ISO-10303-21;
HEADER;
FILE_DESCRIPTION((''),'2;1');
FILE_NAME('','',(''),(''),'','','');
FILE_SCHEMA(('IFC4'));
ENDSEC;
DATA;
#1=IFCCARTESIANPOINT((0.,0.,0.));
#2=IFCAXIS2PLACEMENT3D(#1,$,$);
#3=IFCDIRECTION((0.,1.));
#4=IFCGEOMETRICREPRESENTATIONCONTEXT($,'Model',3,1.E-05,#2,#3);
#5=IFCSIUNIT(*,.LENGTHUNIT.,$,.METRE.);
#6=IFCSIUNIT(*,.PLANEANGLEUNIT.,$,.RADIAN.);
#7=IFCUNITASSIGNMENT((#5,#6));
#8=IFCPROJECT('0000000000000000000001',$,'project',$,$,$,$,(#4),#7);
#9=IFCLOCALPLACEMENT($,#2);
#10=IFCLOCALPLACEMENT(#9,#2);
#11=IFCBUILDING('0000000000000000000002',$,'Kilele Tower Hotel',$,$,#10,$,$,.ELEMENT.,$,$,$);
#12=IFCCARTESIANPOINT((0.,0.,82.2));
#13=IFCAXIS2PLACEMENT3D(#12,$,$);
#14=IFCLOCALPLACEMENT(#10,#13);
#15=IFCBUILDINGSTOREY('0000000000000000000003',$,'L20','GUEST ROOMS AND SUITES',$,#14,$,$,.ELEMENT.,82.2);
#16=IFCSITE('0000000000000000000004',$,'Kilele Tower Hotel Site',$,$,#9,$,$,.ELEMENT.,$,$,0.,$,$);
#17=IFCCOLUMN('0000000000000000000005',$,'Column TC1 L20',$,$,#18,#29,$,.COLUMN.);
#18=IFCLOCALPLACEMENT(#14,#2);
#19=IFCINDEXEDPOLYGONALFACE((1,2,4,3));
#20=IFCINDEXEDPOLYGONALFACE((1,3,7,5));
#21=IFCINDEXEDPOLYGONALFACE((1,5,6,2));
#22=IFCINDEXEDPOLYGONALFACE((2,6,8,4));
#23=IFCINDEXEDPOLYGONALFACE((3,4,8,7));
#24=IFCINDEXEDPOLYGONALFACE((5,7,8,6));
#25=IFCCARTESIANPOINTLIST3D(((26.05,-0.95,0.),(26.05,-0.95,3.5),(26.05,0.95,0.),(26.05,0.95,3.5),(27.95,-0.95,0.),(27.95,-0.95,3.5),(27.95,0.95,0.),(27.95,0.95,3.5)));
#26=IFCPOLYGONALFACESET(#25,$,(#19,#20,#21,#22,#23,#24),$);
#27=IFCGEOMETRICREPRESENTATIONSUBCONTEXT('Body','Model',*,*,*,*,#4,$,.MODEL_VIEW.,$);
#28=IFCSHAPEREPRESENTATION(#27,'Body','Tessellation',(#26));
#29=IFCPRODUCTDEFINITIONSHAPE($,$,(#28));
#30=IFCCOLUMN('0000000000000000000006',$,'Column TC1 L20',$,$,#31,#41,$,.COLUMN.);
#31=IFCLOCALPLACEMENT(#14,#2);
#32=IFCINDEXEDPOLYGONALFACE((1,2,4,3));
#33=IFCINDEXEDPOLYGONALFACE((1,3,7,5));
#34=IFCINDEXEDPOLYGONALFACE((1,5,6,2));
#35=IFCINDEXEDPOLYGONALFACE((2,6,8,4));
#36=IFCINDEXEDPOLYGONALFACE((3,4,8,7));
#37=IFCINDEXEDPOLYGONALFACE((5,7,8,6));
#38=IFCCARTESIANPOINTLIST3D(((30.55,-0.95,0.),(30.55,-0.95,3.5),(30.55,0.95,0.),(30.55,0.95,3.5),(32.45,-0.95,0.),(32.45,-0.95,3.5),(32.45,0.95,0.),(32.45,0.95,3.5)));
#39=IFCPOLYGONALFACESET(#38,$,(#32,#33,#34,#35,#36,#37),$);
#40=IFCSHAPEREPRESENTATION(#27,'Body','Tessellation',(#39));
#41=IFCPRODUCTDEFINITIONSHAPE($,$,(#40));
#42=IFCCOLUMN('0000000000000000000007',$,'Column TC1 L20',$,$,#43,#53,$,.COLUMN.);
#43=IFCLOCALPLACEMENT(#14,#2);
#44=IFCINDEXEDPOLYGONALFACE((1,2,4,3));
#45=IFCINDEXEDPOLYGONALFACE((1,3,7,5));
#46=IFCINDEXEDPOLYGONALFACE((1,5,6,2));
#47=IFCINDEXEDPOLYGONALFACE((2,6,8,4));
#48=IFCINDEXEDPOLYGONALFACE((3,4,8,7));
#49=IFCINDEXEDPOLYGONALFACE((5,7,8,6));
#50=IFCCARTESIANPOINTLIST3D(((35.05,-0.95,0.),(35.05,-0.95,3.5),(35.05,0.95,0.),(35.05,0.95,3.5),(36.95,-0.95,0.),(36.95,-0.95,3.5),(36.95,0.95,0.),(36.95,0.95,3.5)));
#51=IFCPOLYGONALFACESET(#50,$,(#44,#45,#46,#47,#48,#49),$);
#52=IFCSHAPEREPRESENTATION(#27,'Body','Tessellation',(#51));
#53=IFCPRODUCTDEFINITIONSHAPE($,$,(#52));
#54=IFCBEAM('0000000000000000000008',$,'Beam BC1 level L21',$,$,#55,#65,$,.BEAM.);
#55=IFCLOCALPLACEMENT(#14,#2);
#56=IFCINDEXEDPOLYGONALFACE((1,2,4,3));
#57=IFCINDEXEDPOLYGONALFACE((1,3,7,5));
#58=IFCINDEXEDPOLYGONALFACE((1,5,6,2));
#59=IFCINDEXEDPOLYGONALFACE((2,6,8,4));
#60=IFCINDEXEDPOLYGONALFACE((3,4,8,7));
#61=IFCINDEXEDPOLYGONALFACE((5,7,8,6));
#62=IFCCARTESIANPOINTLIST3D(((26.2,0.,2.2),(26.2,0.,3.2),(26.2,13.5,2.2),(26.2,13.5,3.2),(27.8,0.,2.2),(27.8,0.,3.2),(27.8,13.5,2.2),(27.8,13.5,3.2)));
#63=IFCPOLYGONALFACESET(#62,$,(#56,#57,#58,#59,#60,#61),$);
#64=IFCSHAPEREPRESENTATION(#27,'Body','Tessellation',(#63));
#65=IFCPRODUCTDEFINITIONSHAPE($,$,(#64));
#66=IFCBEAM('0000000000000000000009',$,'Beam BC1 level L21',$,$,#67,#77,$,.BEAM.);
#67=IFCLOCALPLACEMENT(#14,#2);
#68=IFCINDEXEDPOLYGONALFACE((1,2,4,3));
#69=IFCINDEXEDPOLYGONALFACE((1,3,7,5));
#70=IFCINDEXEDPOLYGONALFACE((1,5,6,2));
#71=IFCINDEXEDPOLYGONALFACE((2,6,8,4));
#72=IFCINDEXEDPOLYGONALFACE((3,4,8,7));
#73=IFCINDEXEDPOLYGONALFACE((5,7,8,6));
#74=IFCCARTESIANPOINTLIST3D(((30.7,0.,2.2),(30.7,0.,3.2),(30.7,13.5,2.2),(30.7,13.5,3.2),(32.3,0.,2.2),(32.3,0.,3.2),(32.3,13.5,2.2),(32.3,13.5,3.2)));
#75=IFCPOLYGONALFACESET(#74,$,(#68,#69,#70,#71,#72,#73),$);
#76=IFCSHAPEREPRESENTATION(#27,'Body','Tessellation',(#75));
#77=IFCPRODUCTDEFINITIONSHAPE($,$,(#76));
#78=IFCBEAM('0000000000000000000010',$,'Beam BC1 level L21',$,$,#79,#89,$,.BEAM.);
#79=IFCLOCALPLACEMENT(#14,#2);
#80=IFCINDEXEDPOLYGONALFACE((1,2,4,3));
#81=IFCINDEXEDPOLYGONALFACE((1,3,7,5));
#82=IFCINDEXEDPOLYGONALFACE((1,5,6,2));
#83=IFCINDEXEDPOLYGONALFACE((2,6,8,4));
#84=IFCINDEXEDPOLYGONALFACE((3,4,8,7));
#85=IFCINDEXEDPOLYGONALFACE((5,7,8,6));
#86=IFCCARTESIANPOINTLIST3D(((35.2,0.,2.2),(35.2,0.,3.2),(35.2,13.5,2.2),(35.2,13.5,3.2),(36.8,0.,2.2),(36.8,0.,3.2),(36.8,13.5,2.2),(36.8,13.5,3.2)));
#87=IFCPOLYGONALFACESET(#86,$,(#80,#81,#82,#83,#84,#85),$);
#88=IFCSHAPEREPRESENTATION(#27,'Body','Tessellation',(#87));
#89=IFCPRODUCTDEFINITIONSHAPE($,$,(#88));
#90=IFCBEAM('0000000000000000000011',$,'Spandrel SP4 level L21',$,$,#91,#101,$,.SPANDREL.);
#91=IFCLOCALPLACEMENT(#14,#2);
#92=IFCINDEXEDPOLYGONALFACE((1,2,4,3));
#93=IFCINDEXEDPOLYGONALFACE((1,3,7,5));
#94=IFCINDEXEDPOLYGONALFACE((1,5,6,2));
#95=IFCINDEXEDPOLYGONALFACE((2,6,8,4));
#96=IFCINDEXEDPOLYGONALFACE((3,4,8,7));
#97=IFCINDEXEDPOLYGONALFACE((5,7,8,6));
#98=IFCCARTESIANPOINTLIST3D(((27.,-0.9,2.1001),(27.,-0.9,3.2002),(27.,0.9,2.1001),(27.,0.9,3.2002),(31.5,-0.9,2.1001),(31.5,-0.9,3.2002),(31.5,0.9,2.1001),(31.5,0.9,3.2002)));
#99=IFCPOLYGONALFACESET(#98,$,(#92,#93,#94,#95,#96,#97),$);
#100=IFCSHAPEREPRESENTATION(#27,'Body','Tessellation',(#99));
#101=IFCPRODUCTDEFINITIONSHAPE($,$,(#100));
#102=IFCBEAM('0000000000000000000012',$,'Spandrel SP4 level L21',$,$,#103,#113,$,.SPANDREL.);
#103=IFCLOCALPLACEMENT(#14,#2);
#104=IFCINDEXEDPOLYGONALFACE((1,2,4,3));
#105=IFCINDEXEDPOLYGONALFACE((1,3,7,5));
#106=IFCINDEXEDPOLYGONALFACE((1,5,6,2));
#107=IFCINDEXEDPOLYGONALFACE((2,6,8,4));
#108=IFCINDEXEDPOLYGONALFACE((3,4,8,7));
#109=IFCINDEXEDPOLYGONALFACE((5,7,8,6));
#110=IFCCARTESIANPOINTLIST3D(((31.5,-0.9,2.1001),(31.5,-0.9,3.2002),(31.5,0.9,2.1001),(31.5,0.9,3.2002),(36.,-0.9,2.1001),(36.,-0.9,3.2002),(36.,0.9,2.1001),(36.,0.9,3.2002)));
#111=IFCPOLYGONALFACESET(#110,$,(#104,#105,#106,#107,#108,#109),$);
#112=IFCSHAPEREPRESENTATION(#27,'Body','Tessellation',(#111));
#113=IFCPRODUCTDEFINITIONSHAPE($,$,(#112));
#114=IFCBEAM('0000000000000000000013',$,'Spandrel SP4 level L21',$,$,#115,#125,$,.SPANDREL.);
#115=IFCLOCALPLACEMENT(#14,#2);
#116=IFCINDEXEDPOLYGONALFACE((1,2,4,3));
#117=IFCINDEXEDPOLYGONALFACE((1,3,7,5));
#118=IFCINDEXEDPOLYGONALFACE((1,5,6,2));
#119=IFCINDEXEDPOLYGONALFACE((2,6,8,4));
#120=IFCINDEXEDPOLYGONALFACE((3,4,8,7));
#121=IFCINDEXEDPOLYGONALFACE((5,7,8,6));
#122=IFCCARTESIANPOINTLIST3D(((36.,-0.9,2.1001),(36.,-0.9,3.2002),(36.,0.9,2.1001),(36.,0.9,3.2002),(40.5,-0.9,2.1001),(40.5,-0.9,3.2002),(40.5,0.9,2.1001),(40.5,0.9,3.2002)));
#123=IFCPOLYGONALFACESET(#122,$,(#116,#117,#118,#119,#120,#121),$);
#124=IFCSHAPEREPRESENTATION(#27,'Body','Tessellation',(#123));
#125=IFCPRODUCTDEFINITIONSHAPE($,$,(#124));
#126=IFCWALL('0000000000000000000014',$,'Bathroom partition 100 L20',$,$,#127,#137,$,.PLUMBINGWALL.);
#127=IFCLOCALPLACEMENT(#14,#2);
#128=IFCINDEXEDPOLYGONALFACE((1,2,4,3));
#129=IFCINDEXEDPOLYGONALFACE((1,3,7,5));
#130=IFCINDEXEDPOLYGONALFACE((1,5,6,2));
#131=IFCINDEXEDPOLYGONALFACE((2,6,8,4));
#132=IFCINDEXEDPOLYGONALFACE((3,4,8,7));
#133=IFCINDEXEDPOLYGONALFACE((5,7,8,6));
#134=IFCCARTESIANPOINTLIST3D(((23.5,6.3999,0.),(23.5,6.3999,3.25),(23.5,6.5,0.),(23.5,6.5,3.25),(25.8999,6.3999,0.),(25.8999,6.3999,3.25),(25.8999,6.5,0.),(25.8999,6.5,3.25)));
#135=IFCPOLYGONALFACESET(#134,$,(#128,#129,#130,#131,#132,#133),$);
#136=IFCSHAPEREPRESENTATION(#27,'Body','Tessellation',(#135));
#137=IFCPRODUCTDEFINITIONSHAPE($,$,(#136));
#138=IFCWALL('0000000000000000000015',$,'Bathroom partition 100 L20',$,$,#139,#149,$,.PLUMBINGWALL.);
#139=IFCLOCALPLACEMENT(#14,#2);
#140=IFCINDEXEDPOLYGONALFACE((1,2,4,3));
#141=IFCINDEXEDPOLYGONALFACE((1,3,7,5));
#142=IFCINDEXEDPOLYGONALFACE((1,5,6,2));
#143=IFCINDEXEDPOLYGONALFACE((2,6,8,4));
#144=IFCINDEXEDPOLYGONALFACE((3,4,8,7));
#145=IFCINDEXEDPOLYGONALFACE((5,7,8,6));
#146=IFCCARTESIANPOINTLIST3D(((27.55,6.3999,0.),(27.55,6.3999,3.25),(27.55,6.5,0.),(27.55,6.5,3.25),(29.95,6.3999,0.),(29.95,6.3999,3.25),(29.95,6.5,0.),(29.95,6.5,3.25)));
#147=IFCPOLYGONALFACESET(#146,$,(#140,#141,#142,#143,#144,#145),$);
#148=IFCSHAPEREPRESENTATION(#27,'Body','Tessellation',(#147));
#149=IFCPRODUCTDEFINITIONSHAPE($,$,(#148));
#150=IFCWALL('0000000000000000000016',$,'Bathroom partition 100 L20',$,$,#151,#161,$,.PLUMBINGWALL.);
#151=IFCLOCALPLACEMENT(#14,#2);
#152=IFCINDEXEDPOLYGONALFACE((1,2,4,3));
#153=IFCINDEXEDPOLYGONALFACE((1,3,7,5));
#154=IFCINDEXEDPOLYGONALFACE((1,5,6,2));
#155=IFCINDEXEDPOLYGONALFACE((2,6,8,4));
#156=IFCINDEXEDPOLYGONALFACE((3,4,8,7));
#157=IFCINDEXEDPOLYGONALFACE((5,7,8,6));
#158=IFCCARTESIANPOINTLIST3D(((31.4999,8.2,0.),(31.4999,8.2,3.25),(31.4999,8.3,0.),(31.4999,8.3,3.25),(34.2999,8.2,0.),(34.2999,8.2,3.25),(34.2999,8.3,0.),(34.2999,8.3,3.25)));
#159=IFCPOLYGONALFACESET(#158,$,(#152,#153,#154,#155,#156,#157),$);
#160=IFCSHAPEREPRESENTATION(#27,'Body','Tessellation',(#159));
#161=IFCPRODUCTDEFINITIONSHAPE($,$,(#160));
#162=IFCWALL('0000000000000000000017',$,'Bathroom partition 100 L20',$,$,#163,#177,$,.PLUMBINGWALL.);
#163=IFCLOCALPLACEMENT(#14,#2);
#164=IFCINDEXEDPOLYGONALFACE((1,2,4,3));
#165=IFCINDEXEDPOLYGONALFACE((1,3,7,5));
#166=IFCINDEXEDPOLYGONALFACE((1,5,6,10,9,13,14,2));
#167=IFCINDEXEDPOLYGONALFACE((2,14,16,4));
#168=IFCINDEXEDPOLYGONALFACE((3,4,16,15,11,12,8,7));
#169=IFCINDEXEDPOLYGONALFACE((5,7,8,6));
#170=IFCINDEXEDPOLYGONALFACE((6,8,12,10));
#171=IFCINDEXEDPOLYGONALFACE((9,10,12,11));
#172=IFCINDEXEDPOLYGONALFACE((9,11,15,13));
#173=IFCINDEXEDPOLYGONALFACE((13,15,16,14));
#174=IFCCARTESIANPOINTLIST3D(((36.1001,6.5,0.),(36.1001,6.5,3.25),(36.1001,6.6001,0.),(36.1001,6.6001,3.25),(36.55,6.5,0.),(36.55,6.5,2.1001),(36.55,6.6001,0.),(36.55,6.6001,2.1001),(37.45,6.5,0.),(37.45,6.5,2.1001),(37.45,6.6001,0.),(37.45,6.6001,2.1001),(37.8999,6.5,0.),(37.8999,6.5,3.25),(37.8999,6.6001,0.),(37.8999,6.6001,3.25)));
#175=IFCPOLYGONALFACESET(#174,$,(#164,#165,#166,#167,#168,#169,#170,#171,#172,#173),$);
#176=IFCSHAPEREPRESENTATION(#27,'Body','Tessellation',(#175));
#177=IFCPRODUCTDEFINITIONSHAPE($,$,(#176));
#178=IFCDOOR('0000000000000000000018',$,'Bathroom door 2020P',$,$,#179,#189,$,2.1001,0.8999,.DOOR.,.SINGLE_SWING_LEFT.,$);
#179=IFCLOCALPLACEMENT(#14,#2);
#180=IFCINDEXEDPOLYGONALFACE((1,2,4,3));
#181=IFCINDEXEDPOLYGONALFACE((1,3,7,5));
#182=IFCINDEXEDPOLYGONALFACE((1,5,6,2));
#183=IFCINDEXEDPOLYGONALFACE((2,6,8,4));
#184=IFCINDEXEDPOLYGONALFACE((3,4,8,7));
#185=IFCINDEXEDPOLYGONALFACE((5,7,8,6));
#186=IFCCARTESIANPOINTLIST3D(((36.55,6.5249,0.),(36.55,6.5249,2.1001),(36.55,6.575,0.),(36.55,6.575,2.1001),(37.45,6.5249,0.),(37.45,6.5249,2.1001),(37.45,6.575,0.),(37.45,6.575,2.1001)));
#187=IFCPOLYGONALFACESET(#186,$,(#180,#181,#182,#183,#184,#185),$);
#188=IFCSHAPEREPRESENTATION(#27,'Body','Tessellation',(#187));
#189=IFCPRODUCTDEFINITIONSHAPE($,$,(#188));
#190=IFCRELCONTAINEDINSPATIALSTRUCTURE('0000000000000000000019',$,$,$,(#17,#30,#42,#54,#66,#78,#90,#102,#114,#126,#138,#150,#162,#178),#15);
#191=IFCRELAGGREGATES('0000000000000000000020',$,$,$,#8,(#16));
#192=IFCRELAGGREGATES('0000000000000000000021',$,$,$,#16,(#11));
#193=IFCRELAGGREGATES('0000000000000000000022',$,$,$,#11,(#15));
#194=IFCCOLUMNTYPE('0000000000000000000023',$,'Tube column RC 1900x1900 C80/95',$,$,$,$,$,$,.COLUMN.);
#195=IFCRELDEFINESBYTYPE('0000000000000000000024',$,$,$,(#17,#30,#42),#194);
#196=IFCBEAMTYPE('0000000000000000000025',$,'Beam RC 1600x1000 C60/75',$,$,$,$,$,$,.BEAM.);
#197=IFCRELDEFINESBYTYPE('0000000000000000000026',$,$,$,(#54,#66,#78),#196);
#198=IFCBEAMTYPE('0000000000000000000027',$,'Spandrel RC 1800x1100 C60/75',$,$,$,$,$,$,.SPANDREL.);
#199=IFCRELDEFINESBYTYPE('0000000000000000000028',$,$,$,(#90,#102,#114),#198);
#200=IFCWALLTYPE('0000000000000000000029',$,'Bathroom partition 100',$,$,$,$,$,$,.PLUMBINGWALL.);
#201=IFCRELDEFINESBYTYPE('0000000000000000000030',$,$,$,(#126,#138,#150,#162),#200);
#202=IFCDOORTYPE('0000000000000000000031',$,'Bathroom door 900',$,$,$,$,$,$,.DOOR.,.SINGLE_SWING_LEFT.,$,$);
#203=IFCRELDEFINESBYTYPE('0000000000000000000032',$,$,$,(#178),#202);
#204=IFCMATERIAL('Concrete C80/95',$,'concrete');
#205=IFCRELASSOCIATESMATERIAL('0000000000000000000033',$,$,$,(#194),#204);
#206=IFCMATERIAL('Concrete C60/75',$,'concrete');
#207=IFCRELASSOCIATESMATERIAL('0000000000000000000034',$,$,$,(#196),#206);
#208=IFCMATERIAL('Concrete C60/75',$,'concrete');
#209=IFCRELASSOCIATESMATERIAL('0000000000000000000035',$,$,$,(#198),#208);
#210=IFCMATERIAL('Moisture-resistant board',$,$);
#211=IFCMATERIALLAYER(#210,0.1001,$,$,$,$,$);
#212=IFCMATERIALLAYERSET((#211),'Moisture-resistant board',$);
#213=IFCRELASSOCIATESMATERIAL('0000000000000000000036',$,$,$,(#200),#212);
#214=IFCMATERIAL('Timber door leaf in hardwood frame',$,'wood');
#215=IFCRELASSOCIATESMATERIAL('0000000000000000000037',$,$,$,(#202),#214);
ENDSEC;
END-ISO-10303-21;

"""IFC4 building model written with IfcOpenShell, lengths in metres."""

from ifc_helpers import new_model, si_unit, direction, frame, frame_2d, origin, origin_2d, place, context, subcontext, project, spatial, rectangle, extrude, material, layer, layer_set, material_profile, profile_set, type_object, element, fill, save


model = new_model("IFC4")

# Units and contexts
model_context = context("Model", 3, precision=1e-05, world=origin(), true_north=direction((0.0, 1.0)))
body_context = subcontext(model_context, "Body", "Model", "MODEL_VIEW")
ifc_project = project(units=[si_unit("LENGTHUNIT", "METRE"), si_unit("PLANEANGLEUNIT", "RADIAN")], contexts=[model_context])

# Site, building, storey
site_placement = place(None, origin())
site = spatial("IfcSite", under=ifc_project, at=site_placement, Name="Kilele Tower Hotel Site", CompositionType="ELEMENT", RefElevation=0.0)
building_placement = place(site_placement, origin())
building = spatial("IfcBuilding", under=site, at=building_placement, Name="Kilele Tower Hotel", CompositionType="ELEMENT")
storey_placement = place(building_placement, frame((0.0, 0.0, 82.2)))
storey = spatial("IfcBuildingStorey", under=building, at=storey_placement, Name="L20", Description="GUEST ROOMS AND SUITES", CompositionType="ELEMENT", Elevation=82.2)

# Columns
ifc_material_1 = material(Name="Concrete C80/95", Category="concrete")
ifc_material_profile_1 = material_profile(ifc_material_1, rectangle(XDim=1.8999, YDim=1.8999, at=origin_2d()))
ifc_profile_set_1 = profile_set([ifc_material_profile_1], Name="Concrete C80/95")
column_type = type_object("IfcColumnType", Name="Tube column RC 1900x1900 C80/95", PredefinedType="COLUMN", material=ifc_profile_set_1)
for number, where, z_axis, x_axis, name in (
    (1, (27.0, 0.0, 0.0), (0.0, 0.0, 1.0), (1.0, 0.0, 0.0), "Column TC1 L20"),
    (2, (31.5, 0.0, 0.0), (0.0, 0.0, 1.0), (1.0, 0.0, 0.0), "Column TC1 L20"),
    (3, (36.0, 0.0, 0.0), (0.0, 0.0, 1.0), (1.0, 0.0, 0.0), "Column TC1 L20"),
):
    element("IfcColumn", number, at=place(storey_placement, frame(where, z_axis=z_axis, x_axis=x_axis)), inside=storey, type_object=column_type, Name=name, PredefinedType="COLUMN", context=body_context, shape_type="SweptSolid", body=[
        extrude(rectangle(XDim=1.8999, YDim=1.8999, at=origin_2d()), origin(), (0.0, 0.0, 1.0), 3.5),
    ])

# Beams
ifc_material_2 = material(Name="Concrete C60/75", Category="concrete")
ifc_material_profile_2 = material_profile(ifc_material_2, rectangle(XDim=1.6001, YDim=1.0, at=origin_2d()))
ifc_profile_set_2 = profile_set([ifc_material_profile_2], Name="Concrete C60/75")
beam_type_1 = type_object("IfcBeamType", Name="Beam RC 1600x1000 C60/75", PredefinedType="BEAM", material=ifc_profile_set_2)
for number, where, z_axis, x_axis, name in (
    (4, (27.0, 0.0, 2.7), (0.0, 1.0, 0.0), (-1.0, 0.0, 0.0), "Beam BC1 level L21"),
    (5, (31.5, 0.0, 2.7), (0.0, 1.0, 0.0), (-1.0, 0.0, 0.0), "Beam BC1 level L21"),
    (6, (36.0, 0.0, 2.7), (0.0, 1.0, 0.0), (-1.0, 0.0, 0.0), "Beam BC1 level L21"),
):
    element("IfcBeam", number, at=place(storey_placement, frame(where, z_axis=z_axis, x_axis=x_axis)), inside=storey, type_object=beam_type_1, Name=name, PredefinedType="BEAM", context=body_context, shape_type="SweptSolid", body=[
        extrude(rectangle(XDim=1.6001, YDim=1.0, at=origin_2d()), origin(), (0.0, 0.0, 1.0), 13.5),
    ])
ifc_material_3 = material(Name="Concrete C60/75", Category="concrete")
ifc_material_profile_3 = material_profile(ifc_material_3, rectangle(XDim=1.8, YDim=1.1001, at=origin_2d()))
ifc_profile_set_3 = profile_set([ifc_material_profile_3], Name="Concrete C60/75")
beam_type_2 = type_object("IfcBeamType", Name="Spandrel RC 1800x1100 C60/75", PredefinedType="SPANDREL", material=ifc_profile_set_3)
for number, where, z_axis, x_axis, name in (
    (7, (27.0, 0.0, 2.6501), (1.0, 0.0, 0.0), (0.0, 1.0, 0.0), "Spandrel SP4 level L21"),
    (8, (31.5, 0.0, 2.6501), (1.0, 0.0, 0.0), (0.0, 1.0, 0.0), "Spandrel SP4 level L21"),
    (9, (36.0, 0.0, 2.6501), (1.0, 0.0, 0.0), (0.0, 1.0, 0.0), "Spandrel SP4 level L21"),
):
    element("IfcBeam", number, at=place(storey_placement, frame(where, z_axis=z_axis, x_axis=x_axis)), inside=storey, type_object=beam_type_2, Name=name, PredefinedType="SPANDREL", context=body_context, shape_type="SweptSolid", body=[
        extrude(rectangle(XDim=1.8, YDim=1.1001, at=origin_2d()), origin(), (0.0, 0.0, 1.0), 4.5),
    ])

# Walls
ifc_material_4 = material(Name="Moisture-resistant board")
ifc_layer_1 = layer(ifc_material_4, 0.1001)
ifc_layer_set_1 = layer_set([ifc_layer_1], Name="Moisture-resistant board")
wall_type_1 = type_object("IfcWallType", Name="Bathroom partition 100", PredefinedType="PLUMBINGWALL", material=ifc_layer_set_1)
for number, where, z_axis, x_axis, name in (
    (10, (23.5, 6.45, 0.0), (0.0, 0.0, 1.0), (1.0, 0.0, 0.0), "Bathroom partition 100 L20"),
    (11, (27.55, 6.45, 0.0), (0.0, 0.0, 1.0), (1.0, 0.0, 0.0), "Bathroom partition 100 L20"),
):
    element("IfcWall", number, at=place(storey_placement, frame(where, z_axis=z_axis, x_axis=x_axis)), inside=storey, type_object=wall_type_1, Name=name, PredefinedType="PLUMBINGWALL", context=body_context, shape_type="SweptSolid", body=[
        extrude(rectangle(XDim=2.3999, YDim=0.1001, at=frame_2d((1.2, 0.0))), origin(), (0.0, 0.0, 1.0), 3.25),
    ])
wall_1_placement = place(storey_placement, frame((31.5, 8.25, 0.0), z_axis=(0.0, 0.0, 1.0), x_axis=(1.0, 0.0, 0.0)))
element("IfcWall", 12, at=wall_1_placement, inside=storey, type_object=wall_type_1, Name="Bathroom partition 100 L20", PredefinedType="PLUMBINGWALL", context=body_context, shape_type="SweptSolid", body=[
    extrude(rectangle(XDim=2.8, YDim=0.1001, at=frame_2d((1.3999, 0.0))), origin(), (0.0, 0.0, 1.0), 3.25),
])

# Wall, opening, door
wall_2_placement = place(storey_placement, frame((36.1001, 6.55, 0.0), z_axis=(0.0, 0.0, 1.0), x_axis=(1.0, 0.0, 0.0)))
wall_2 = element("IfcWall", 13, at=wall_2_placement, inside=storey, type_object=wall_type_1, Name="Bathroom partition 100 L20", PredefinedType="PLUMBINGWALL", context=body_context, shape_type="SweptSolid", body=[
    extrude(rectangle(XDim=1.7998, YDim=0.1001, at=frame_2d((0.8999, 0.0))), origin(), (0.0, 0.0, 1.0), 3.25),
])
opening_1_placement = place(wall_2_placement, frame((0.45, 0.0, 0.0)))
opening_1 = element("IfcOpeningElement", 14, at=opening_1_placement, cuts=wall_2, PredefinedType="OPENING", context=body_context, shape_type="SweptSolid", body=[
    extrude(rectangle(XDim=0.8999, YDim=2.1001, at=frame_2d((0.45, 1.05))), frame((0.0, 0.0601, 0.0), z_axis=(0.0, -1.0, 0.0), x_axis=(1.0, 0.0, 0.0)), (0.0, 0.0, 1.0), 0.1201),
])
ifc_material_5 = material(Name="Timber door leaf in hardwood frame", Category="wood")
door_type_1 = type_object("IfcDoorType", Name="Bathroom door 900", OperationType="SINGLE_SWING_LEFT", PredefinedType="DOOR", material=ifc_material_5)
door_1_placement = place(opening_1_placement, origin())
door_1 = element("IfcDoor", 15, at=door_1_placement, inside=storey, type_object=door_type_1, Name="Bathroom door 2020P", OperationType="SINGLE_SWING_LEFT", OverallHeight=2.1001, OverallWidth=0.8999, PredefinedType="DOOR", context=body_context, shape_type="SweptSolid", body=[
    extrude(rectangle(XDim=0.8999, YDim=2.1001, at=frame_2d((0.45, 1.05))), frame((0.0, 0.0249, 0.0), z_axis=(0.0, -1.0, 0.0), x_axis=(1.0, 0.0, 0.0)), (0.0, 0.0, 1.0), 0.05),
])
fill(opening_1, door_1)

save(model, "model.ifc")
